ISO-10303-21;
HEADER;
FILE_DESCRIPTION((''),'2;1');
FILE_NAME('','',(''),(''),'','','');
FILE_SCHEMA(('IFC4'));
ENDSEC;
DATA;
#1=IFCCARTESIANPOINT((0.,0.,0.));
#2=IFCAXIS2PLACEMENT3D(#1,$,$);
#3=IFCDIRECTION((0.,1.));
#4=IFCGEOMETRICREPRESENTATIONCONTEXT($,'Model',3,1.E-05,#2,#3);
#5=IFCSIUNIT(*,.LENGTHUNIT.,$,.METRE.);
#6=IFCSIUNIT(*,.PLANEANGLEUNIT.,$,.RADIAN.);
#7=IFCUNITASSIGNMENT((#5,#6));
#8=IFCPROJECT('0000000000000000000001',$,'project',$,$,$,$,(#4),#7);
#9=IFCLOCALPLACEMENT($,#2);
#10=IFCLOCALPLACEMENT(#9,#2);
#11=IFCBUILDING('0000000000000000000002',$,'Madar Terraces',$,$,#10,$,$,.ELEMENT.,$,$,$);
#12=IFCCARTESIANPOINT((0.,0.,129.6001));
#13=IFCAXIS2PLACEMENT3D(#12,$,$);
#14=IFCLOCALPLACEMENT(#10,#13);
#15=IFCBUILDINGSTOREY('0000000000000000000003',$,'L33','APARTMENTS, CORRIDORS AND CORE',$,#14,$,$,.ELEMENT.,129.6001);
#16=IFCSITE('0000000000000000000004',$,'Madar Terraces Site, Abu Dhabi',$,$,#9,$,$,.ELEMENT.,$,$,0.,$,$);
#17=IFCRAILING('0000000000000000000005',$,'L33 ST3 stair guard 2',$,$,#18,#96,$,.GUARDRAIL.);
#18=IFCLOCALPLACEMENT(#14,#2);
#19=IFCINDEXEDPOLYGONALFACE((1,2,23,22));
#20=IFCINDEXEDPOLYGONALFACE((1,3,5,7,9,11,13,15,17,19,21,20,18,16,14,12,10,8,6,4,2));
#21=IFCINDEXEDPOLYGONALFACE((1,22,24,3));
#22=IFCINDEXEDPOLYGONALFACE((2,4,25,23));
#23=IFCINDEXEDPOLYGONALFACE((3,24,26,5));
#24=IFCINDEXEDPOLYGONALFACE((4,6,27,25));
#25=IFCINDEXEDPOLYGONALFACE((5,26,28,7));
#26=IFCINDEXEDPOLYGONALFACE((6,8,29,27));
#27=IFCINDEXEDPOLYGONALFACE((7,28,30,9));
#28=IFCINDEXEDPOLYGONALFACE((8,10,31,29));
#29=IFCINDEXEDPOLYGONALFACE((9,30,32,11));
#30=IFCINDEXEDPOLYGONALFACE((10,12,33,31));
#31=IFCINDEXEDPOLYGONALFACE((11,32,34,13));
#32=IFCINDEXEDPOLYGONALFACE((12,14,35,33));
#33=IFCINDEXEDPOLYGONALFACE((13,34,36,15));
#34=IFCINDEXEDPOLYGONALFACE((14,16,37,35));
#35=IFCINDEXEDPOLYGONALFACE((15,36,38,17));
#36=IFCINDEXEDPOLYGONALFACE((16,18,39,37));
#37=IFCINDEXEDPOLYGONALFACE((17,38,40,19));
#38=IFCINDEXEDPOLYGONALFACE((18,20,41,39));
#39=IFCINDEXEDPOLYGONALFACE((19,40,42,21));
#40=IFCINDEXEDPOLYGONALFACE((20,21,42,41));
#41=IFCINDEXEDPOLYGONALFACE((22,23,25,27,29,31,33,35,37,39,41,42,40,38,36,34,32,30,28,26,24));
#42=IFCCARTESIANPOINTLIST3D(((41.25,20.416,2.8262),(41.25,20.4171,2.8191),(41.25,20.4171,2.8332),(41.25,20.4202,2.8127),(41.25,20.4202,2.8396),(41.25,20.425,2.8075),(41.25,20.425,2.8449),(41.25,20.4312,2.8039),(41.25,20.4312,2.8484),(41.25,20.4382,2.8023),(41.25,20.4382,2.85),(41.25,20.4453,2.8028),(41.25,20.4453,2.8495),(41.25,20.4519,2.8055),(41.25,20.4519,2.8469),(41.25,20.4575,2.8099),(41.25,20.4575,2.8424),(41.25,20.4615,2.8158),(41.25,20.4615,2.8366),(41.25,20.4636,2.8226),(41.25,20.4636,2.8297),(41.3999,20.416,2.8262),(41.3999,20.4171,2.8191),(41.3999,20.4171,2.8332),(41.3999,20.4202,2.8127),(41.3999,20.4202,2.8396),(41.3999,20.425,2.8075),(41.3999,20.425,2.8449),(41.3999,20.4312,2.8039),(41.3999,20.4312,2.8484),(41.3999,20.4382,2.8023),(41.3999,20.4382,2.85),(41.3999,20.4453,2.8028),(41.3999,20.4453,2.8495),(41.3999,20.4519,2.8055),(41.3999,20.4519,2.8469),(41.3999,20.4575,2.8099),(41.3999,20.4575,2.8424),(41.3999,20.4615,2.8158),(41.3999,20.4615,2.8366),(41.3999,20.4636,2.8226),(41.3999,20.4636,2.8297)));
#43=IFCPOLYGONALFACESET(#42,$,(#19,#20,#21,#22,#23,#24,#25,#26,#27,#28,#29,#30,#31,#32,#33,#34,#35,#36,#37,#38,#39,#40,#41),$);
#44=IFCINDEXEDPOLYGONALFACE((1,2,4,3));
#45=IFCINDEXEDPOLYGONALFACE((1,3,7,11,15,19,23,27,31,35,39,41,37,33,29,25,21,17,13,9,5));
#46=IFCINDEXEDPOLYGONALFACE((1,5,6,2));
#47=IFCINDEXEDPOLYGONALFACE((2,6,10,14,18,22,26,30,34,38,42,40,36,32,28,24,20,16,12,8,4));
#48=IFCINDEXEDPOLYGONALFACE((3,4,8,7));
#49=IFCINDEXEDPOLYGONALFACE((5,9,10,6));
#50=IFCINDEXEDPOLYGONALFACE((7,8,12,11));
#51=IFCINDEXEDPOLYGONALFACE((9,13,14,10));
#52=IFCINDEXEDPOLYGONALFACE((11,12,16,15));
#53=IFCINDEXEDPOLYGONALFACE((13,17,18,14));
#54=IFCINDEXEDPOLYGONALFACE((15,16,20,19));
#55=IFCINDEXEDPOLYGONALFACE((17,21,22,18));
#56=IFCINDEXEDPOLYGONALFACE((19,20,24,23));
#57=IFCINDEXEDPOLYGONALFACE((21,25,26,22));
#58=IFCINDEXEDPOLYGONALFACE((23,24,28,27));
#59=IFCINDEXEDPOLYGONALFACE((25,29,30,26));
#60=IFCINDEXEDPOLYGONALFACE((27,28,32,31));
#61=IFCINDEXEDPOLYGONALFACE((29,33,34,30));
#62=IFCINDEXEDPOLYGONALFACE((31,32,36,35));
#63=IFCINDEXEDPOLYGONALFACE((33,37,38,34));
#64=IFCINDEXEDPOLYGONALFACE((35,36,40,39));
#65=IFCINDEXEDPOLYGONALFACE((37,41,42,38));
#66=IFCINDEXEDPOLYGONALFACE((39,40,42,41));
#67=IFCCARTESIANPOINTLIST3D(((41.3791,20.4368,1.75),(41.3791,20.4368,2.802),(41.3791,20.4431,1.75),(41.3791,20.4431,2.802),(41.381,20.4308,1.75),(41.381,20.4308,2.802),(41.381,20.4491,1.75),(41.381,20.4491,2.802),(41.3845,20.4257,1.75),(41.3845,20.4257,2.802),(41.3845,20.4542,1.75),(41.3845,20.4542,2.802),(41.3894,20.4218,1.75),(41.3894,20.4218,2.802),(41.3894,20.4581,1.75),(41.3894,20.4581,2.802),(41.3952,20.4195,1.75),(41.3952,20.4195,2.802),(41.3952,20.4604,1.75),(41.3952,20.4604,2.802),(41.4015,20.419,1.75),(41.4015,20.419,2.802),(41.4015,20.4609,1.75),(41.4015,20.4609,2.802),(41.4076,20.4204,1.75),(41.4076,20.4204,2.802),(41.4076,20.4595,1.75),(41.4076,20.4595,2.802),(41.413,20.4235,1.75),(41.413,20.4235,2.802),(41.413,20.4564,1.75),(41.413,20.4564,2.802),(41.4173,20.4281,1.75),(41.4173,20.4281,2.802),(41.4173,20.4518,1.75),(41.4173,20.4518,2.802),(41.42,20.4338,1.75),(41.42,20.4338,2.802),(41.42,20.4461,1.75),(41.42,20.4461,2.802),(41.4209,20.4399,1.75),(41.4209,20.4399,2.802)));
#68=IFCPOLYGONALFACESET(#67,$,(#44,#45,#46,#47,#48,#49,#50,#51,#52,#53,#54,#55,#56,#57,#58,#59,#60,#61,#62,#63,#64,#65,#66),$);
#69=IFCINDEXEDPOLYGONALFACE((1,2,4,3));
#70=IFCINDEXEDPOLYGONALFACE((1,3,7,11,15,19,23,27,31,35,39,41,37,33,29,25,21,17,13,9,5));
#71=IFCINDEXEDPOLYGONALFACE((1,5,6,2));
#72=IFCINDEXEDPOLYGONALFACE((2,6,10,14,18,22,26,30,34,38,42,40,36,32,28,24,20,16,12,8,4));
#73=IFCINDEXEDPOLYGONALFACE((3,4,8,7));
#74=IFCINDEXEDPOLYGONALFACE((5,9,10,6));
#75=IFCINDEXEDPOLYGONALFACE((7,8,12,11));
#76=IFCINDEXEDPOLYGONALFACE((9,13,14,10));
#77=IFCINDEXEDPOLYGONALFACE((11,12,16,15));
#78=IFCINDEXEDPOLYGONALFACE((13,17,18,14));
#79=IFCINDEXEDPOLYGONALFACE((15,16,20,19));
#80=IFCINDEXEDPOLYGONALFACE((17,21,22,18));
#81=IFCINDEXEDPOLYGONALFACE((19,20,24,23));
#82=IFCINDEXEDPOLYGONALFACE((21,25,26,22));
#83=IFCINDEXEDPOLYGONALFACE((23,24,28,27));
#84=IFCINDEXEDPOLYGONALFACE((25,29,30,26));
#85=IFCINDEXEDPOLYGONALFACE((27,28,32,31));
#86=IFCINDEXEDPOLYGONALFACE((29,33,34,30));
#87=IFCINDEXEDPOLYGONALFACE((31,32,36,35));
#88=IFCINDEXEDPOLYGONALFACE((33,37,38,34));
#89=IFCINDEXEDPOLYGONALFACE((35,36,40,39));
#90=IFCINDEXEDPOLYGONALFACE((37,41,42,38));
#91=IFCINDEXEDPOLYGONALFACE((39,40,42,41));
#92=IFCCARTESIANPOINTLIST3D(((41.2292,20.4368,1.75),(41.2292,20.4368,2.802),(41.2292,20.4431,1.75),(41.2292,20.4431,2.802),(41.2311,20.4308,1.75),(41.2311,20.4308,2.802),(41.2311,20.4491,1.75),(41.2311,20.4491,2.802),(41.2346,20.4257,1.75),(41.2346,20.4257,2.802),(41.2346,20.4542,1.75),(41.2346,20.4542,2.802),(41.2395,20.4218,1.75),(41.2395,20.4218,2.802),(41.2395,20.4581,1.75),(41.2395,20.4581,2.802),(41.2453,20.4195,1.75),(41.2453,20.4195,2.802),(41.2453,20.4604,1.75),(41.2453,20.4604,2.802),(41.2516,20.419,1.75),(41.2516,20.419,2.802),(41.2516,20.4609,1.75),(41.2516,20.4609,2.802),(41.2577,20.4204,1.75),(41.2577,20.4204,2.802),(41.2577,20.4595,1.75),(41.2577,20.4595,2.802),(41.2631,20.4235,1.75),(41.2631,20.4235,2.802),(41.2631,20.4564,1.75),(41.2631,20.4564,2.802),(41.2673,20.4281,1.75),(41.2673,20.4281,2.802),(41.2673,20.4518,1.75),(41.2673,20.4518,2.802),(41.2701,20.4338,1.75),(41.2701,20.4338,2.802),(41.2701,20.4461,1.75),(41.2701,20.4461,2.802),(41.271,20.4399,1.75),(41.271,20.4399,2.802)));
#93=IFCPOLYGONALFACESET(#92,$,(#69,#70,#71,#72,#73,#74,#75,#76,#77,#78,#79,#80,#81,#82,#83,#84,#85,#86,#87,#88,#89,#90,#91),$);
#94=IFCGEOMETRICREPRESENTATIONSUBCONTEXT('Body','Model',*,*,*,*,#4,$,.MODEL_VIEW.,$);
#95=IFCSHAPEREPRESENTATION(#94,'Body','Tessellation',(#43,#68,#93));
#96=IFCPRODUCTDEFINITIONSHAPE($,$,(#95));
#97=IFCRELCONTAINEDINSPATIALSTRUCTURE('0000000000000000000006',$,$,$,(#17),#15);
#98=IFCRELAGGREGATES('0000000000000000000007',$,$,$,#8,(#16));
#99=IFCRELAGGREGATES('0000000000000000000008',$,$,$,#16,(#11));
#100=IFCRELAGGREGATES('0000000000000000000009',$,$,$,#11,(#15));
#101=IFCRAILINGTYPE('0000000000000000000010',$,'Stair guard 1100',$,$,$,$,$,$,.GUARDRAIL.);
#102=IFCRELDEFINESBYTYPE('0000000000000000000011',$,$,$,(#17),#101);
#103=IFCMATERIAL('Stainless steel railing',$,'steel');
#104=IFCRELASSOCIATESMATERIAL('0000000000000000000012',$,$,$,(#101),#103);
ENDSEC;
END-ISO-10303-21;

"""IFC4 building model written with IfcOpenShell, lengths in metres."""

from ifc_helpers import new_model, si_unit, direction, frame, origin, origin_2d, place, context, subcontext, project, spatial, circle, extrude, material, type_object, element, save


model = new_model("IFC4")

# Units and contexts
model_context = context("Model", 3, precision=1e-05, world=origin(), true_north=direction((0.0, 1.0)))
body_context = subcontext(model_context, "Body", "Model", "MODEL_VIEW")
ifc_project = project(units=[si_unit("LENGTHUNIT", "METRE"), si_unit("PLANEANGLEUNIT", "RADIAN")], contexts=[model_context])

# Site, building, storey
site_placement = place(None, origin())
site = spatial("IfcSite", under=ifc_project, at=site_placement, Name="Madar Terraces Site, Abu Dhabi", CompositionType="ELEMENT", RefElevation=0.0)
building_placement = place(site_placement, origin())
building = spatial("IfcBuilding", under=site, at=building_placement, Name="Madar Terraces", CompositionType="ELEMENT")
storey_placement = place(building_placement, frame((0.0, 0.0, 129.6001)))
storey = spatial("IfcBuildingStorey", under=building, at=storey_placement, Name="L33", Description="APARTMENTS, CORRIDORS AND CORE", CompositionType="ELEMENT", Elevation=129.6001)

# Railing
ifc_material_1 = material(Name="Stainless steel railing", Category="steel")
railing_type_1 = type_object("IfcRailingType", Name="Stair guard 1100", PredefinedType="GUARDRAIL", material=ifc_material_1)
railing_1_placement = place(storey_placement, frame((41.3999, 20.4399, 1.75)))
element("IfcRailing", 1, at=railing_1_placement, inside=storey, type_object=railing_type_1, Name="L33 ST3 stair guard 2", PredefinedType="GUARDRAIL", context=body_context, shape_type="SweptSolid", body=[
    extrude(circle(Radius=0.0239, at=origin_2d()), frame((0.0, 0.0, 1.0762), z_axis=(-1.0, 0.0, 0.0), x_axis=(0.0, -1.0, 0.0)), (0.0, 0.0, 1.0), 0.1499),
    extrude(circle(Radius=0.021, at=origin_2d()), origin(), (0.0, 0.0, 1.0), 1.052),
    extrude(circle(Radius=0.021, at=origin_2d()), frame((-0.1499, 0.0, 0.0)), (0.0, 0.0, 1.0), 1.052),
])

save(model, "model.ifc")
